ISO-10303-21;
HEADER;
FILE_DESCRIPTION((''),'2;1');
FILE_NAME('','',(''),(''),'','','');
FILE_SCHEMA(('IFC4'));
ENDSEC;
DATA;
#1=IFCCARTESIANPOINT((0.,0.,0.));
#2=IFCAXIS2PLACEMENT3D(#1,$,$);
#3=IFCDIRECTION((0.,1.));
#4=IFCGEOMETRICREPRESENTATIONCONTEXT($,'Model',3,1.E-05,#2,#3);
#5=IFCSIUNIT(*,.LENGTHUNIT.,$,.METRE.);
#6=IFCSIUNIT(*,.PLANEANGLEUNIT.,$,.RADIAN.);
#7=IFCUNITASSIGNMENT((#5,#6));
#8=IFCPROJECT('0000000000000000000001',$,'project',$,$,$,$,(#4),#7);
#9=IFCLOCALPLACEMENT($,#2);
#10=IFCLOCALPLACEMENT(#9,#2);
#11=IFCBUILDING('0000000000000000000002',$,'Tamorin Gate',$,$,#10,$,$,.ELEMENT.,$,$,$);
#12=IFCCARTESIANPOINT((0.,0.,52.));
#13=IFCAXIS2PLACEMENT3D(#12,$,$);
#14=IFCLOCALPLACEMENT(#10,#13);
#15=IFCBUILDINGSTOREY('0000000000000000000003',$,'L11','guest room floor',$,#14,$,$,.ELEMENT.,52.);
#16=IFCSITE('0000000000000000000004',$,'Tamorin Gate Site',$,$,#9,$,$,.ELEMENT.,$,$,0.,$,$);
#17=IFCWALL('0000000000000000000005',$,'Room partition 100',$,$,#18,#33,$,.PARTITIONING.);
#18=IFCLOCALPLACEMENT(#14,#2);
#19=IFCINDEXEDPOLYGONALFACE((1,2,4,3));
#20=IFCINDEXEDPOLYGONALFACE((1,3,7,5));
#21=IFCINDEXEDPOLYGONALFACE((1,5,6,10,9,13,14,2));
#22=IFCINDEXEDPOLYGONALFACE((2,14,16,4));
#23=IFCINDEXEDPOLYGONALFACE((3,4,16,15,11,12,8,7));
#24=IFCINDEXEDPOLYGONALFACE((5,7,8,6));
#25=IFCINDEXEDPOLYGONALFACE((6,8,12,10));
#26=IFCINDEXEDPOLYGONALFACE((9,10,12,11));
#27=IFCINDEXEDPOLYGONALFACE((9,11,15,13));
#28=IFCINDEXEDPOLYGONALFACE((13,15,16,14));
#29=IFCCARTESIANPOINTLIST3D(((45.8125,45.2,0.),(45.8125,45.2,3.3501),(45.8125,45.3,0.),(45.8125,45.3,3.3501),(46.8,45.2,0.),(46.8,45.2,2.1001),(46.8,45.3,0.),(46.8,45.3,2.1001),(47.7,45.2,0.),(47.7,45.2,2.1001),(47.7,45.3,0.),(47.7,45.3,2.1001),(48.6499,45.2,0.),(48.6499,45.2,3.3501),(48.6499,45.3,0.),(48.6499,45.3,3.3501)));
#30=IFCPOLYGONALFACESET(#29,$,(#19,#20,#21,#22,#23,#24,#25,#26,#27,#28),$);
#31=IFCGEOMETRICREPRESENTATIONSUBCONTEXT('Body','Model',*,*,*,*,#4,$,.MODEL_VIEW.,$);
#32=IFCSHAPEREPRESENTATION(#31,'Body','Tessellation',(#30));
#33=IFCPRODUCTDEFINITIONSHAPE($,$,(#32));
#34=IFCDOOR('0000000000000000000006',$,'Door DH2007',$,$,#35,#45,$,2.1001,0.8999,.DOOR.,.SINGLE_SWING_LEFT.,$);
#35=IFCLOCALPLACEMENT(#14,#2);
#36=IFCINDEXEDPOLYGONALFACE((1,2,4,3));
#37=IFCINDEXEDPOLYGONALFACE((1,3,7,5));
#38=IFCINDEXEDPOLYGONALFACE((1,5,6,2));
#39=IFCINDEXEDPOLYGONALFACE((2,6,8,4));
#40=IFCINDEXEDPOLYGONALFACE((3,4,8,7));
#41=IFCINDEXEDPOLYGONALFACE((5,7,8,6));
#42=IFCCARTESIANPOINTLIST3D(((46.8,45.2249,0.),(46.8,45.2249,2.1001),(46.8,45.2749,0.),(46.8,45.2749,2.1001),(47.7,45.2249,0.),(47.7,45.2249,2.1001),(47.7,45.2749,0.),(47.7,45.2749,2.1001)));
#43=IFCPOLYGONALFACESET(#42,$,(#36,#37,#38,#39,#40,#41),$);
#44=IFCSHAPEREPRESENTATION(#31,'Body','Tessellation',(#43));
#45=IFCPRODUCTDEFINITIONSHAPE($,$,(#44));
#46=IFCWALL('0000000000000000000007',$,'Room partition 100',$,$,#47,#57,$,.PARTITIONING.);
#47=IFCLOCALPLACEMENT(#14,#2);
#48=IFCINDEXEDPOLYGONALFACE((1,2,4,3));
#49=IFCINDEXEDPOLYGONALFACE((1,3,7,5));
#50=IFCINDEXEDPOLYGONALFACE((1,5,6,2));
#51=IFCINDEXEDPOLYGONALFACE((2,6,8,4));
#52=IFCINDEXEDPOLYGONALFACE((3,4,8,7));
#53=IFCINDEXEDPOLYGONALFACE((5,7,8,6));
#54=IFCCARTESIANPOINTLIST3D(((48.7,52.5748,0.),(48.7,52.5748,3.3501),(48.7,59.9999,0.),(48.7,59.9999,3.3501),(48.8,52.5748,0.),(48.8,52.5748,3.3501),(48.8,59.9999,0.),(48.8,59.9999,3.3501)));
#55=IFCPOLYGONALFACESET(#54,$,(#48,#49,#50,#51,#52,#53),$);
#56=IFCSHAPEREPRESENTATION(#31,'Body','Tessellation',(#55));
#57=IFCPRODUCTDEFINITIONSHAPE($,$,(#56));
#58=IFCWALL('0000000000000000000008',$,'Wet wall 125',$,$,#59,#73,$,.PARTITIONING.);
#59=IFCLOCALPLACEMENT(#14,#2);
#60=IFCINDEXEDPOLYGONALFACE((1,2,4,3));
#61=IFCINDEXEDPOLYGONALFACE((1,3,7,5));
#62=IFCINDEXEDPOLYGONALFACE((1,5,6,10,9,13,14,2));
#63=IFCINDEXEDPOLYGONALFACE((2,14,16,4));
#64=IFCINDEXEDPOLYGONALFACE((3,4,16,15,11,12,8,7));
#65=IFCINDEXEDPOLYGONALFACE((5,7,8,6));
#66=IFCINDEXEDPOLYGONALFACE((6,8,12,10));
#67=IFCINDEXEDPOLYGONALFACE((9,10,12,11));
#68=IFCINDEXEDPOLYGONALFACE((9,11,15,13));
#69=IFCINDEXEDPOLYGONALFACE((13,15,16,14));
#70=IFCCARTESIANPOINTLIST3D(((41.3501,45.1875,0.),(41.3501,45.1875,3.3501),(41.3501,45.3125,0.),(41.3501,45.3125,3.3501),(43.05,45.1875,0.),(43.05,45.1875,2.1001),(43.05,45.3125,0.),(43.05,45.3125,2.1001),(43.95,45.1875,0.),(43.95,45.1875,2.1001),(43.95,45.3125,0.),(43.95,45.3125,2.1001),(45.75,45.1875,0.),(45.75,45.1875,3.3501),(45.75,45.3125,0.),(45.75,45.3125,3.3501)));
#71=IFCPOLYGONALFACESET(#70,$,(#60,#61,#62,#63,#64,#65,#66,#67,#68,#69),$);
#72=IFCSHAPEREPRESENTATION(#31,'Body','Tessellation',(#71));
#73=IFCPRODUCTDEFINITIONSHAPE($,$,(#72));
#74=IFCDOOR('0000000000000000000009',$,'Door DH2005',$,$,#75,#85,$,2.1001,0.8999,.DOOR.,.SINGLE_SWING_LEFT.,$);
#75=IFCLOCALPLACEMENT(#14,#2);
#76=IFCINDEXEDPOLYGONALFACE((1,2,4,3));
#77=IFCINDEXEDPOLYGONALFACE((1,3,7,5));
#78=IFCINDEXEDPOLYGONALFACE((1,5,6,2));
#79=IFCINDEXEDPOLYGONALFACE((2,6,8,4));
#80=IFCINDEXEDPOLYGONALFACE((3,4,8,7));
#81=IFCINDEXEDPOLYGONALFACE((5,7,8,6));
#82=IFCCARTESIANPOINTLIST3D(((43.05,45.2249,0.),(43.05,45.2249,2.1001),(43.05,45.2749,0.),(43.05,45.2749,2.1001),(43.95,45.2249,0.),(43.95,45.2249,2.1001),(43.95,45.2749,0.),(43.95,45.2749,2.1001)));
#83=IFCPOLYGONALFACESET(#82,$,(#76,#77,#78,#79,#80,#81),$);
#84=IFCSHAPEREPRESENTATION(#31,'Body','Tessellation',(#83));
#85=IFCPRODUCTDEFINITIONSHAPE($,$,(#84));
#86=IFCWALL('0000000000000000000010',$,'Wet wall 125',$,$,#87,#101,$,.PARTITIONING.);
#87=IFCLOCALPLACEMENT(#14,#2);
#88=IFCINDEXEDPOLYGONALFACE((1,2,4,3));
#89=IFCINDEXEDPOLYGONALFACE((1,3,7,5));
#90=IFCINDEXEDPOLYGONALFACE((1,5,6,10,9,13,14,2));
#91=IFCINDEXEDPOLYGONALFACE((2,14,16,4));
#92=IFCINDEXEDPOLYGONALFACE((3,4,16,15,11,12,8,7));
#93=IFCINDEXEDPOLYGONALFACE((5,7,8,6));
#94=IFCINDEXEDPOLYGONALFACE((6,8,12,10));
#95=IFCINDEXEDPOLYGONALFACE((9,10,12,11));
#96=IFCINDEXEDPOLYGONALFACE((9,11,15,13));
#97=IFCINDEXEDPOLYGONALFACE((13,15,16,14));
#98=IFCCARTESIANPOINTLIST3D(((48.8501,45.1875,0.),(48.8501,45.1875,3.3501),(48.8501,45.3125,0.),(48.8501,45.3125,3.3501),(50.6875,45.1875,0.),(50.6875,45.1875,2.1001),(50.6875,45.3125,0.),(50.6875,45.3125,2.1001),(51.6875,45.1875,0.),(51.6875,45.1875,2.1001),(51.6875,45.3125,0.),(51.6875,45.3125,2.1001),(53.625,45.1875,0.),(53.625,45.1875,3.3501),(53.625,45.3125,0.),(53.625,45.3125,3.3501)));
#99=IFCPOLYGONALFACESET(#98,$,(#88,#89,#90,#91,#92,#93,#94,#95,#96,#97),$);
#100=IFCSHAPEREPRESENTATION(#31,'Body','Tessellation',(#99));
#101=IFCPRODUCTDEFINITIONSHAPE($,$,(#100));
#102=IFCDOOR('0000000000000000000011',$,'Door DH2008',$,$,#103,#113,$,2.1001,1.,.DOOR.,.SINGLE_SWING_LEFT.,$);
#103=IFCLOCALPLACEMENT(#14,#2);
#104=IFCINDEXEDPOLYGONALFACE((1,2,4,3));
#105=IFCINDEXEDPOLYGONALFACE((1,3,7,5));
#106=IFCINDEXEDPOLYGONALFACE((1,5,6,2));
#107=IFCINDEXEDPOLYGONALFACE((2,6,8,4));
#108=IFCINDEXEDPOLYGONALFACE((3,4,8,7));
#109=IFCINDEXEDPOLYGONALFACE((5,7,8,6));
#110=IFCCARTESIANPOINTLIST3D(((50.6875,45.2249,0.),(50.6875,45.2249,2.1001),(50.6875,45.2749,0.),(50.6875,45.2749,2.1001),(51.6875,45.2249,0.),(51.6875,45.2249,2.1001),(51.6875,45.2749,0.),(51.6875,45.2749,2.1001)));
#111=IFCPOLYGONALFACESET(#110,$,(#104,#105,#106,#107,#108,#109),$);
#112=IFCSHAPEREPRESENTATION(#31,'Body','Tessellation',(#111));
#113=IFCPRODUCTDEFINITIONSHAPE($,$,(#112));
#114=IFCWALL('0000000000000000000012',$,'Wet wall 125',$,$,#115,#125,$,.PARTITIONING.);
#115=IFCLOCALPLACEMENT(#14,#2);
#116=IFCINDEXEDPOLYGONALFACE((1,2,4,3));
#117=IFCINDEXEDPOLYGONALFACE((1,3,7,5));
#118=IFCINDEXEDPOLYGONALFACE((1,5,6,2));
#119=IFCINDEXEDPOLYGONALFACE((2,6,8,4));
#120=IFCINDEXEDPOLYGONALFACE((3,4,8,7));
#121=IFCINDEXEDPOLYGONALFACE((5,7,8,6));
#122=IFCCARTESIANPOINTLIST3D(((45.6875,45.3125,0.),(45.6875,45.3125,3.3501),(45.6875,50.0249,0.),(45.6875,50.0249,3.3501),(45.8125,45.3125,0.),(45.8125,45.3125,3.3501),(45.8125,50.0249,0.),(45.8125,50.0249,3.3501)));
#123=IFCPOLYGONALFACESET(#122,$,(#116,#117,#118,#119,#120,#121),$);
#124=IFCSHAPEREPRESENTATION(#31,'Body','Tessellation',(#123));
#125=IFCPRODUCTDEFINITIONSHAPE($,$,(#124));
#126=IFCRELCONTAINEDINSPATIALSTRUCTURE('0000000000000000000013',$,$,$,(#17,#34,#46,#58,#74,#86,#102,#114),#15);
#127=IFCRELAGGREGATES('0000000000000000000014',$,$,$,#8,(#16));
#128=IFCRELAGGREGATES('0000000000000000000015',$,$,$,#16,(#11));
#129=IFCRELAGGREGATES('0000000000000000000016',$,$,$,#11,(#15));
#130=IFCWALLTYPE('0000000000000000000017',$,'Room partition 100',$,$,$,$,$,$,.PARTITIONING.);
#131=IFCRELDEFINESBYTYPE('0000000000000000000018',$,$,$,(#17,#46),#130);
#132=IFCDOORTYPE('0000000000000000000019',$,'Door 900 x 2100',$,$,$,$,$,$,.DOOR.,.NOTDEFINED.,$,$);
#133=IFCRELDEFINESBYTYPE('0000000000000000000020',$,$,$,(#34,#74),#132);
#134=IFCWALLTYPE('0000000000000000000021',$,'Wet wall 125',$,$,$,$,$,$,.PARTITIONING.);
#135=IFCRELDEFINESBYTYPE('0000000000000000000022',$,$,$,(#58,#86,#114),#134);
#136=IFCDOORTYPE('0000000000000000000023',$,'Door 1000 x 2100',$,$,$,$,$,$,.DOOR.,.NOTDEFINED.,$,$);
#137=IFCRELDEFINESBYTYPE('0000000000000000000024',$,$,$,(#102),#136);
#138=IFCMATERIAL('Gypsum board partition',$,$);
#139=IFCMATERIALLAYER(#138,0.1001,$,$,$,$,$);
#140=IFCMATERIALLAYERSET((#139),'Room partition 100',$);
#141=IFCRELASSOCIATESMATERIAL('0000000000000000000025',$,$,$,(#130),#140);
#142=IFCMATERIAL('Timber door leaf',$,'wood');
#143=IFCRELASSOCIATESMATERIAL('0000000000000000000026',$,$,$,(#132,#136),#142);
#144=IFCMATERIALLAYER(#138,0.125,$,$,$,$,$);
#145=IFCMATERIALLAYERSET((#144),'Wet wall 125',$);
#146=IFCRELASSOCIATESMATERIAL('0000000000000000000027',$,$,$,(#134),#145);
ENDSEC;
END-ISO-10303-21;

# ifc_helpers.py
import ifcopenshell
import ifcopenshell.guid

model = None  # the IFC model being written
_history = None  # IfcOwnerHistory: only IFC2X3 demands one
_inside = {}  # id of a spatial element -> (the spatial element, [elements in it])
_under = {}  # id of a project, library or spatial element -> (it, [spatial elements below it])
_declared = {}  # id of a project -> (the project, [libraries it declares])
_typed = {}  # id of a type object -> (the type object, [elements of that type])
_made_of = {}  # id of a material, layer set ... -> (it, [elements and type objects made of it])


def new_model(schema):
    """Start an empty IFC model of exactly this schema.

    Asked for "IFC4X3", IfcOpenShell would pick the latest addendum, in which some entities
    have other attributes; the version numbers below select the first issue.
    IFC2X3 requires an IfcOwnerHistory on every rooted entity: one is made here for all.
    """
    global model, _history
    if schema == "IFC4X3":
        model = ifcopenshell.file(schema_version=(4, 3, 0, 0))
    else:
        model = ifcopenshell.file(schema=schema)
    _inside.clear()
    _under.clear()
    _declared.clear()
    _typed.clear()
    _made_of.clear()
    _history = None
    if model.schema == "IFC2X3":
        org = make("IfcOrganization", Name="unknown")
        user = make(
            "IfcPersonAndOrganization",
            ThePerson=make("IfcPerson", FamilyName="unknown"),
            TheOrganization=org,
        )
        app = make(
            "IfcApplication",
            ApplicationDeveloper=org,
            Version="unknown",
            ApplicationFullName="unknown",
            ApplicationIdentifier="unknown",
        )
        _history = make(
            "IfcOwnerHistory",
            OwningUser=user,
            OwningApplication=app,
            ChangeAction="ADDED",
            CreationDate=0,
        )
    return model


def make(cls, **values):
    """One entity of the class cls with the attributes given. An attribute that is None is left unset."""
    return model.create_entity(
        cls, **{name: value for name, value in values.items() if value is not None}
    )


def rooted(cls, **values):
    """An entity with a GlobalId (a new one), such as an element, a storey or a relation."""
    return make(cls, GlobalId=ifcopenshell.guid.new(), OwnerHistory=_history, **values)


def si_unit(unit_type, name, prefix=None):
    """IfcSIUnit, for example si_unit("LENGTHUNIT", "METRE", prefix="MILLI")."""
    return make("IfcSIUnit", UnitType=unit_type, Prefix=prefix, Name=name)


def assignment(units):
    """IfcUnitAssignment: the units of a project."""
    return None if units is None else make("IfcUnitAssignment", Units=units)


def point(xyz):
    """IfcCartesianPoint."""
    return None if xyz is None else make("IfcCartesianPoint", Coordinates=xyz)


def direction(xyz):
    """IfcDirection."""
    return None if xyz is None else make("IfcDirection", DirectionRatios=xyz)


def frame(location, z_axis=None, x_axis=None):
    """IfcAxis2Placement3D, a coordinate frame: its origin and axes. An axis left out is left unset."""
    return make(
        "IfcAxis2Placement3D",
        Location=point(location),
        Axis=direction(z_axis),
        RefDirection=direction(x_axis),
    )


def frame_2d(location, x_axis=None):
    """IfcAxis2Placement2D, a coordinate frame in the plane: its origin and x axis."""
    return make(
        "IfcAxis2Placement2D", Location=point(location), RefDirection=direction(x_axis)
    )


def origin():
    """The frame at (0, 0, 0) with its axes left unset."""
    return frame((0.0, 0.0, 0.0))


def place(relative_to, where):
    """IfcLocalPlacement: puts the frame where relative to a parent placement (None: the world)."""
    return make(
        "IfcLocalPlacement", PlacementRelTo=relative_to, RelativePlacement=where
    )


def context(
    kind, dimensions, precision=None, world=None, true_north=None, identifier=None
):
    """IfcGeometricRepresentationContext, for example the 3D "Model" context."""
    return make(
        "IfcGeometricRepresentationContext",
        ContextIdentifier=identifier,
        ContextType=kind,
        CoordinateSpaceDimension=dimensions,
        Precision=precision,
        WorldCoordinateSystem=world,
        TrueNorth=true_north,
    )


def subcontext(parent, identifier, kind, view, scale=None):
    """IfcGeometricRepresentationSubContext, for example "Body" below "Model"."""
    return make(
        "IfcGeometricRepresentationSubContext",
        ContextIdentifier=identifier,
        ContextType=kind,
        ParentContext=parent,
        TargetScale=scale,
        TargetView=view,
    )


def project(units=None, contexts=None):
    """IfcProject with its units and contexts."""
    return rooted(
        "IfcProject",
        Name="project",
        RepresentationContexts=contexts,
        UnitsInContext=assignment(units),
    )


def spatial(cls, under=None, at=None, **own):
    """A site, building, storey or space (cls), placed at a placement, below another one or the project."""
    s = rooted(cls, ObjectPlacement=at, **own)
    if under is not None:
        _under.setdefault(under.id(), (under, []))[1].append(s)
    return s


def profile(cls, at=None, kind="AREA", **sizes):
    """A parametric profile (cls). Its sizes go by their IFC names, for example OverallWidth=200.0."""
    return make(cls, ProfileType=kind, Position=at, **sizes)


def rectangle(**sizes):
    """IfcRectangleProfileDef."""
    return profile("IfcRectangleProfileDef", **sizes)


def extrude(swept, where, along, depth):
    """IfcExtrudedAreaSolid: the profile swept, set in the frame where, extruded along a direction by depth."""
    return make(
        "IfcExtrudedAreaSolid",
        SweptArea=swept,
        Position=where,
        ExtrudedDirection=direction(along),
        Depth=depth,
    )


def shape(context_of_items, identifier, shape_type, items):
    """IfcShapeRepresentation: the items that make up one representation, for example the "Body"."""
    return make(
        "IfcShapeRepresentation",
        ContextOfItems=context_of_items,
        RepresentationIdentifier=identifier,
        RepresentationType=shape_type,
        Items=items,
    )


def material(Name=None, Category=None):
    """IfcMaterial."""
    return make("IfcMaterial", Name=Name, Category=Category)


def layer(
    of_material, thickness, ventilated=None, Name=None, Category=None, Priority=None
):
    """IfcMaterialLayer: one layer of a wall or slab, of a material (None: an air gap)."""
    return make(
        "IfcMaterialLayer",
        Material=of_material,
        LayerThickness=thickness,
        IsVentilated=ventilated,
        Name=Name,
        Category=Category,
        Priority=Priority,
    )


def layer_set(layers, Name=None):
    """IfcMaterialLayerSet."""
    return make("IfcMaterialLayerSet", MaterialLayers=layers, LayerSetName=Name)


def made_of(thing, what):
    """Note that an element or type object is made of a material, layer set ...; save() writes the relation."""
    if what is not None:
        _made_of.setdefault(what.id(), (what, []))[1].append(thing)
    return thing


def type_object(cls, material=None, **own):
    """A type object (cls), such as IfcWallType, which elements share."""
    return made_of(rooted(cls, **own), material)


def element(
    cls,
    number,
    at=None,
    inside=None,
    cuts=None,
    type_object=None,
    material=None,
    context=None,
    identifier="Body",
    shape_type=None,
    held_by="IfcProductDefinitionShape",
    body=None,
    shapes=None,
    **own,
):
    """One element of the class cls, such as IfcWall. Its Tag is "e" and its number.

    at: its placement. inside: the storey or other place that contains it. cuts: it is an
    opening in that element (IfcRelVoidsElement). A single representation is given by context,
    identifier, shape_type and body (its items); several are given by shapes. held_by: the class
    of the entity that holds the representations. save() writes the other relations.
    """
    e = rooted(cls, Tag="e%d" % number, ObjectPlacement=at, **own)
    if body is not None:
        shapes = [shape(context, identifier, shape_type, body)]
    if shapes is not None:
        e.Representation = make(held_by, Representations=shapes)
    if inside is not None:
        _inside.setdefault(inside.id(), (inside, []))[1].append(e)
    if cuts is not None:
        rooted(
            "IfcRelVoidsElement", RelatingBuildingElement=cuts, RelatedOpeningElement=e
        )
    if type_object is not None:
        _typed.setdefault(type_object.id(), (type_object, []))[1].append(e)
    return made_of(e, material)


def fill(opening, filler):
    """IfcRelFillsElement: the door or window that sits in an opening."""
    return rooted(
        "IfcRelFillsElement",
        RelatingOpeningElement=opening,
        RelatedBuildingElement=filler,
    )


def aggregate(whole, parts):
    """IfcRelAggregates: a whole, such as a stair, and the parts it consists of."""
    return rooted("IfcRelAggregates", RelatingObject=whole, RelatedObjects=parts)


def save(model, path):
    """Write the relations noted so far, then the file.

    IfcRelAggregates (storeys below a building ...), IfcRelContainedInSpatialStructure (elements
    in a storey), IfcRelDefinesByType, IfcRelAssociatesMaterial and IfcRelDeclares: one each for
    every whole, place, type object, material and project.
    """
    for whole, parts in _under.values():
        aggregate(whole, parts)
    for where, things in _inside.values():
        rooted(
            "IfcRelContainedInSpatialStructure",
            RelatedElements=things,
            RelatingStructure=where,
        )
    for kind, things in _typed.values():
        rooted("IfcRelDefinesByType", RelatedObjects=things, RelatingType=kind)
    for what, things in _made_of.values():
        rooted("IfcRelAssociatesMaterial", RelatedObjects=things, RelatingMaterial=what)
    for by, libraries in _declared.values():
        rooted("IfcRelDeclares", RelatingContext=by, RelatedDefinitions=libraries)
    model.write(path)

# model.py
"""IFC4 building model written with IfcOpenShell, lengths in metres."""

from ifc_helpers import new_model, si_unit, direction, frame, frame_2d, origin, place, context, subcontext, project, spatial, rectangle, extrude, material, layer, layer_set, type_object, element, fill, save


model = new_model("IFC4")

# Units and contexts
model_context = context("Model", 3, precision=1e-05, world=origin(), true_north=direction((0.0, 1.0)))
body_context = subcontext(model_context, "Body", "Model", "MODEL_VIEW")
ifc_project = project(units=[si_unit("LENGTHUNIT", "METRE"), si_unit("PLANEANGLEUNIT", "RADIAN")], contexts=[model_context])

# Site, building, storey
site_placement = place(None, origin())
site = spatial("IfcSite", under=ifc_project, at=site_placement, Name="Tamorin Gate Site", CompositionType="ELEMENT", RefElevation=0.0)
building_placement = place(site_placement, origin())
building = spatial("IfcBuilding", under=site, at=building_placement, Name="Tamorin Gate", CompositionType="ELEMENT")
storey_placement = place(building_placement, frame((0.0, 0.0, 52.0)))
storey = spatial("IfcBuildingStorey", under=building, at=storey_placement, Name="L11", Description="guest room floor", CompositionType="ELEMENT", Elevation=52.0)

# Shared definitions
ifc_material_1 = material(Name="Gypsum board partition")

# Wall, opening, door
ifc_layer_1 = layer(ifc_material_1, 0.1001)
ifc_layer_set_1 = layer_set([ifc_layer_1], Name="Room partition 100")
wall_type_1 = type_object("IfcWallType", Name="Room partition 100", PredefinedType="PARTITIONING", material=ifc_layer_set_1)
wall_1_placement = place(storey_placement, frame((45.8125, 45.25, 0.0), z_axis=(0.0, 0.0, 1.0), x_axis=(1.0, 0.0, 0.0)))
wall_1 = element("IfcWall", 1, at=wall_1_placement, inside=storey, type_object=wall_type_1, Name="Room partition 100", PredefinedType="PARTITIONING", context=body_context, shape_type="SweptSolid", body=[
    extrude(rectangle(XDim=2.8374, YDim=0.1001, at=frame_2d((1.4187, 0.0))), origin(), (0.0, 0.0, 1.0), 3.3501),
])
opening_1_placement = place(wall_1_placement, frame((0.9875, 0.0, 0.0)))
opening_1 = element("IfcOpeningElement", 2, at=opening_1_placement, cuts=wall_1, PredefinedType="OPENING", context=body_context, shape_type="SweptSolid", body=[
    extrude(rectangle(XDim=0.8999, YDim=2.1001, at=frame_2d((0.45, 1.05))), frame((0.0, 0.0601, 0.0), z_axis=(0.0, -1.0, 0.0), x_axis=(1.0, 0.0, 0.0)), (0.0, 0.0, 1.0), 0.1201),
])
ifc_material_2 = material(Name="Timber door leaf", Category="wood")
door_type_1 = type_object("IfcDoorType", Name="Door 900 x 2100", OperationType="NOTDEFINED", PredefinedType="DOOR", material=ifc_material_2)
door_1_placement = place(opening_1_placement, origin())
door_1 = element("IfcDoor", 3, at=door_1_placement, inside=storey, type_object=door_type_1, Name="Door DH2007", OperationType="SINGLE_SWING_LEFT", OverallHeight=2.1001, OverallWidth=0.8999, PredefinedType="DOOR", context=body_context, shape_type="SweptSolid", body=[
    extrude(rectangle(XDim=0.8999, YDim=2.1001, at=frame_2d((0.45, 1.05))), frame((0.0, 0.0249, 0.0), z_axis=(0.0, -1.0, 0.0), x_axis=(1.0, 0.0, 0.0)), (0.0, 0.0, 1.0), 0.05),
])
fill(opening_1, door_1)

# Wall
wall_2_placement = place(storey_placement, frame((48.75, 52.575, 0.0), z_axis=(0.0, 0.0, 1.0), x_axis=(0.0, 1.0, 0.0)))
element("IfcWall", 4, at=wall_2_placement, inside=storey, type_object=wall_type_1, Name="Room partition 100", PredefinedType="PARTITIONING", context=body_context, shape_type="SweptSolid", body=[
    extrude(rectangle(XDim=7.425, YDim=0.1001, at=frame_2d((3.7124, 0.0))), origin(), (0.0, 0.0, 1.0), 3.3501),
])

# Walls, openings, doors
ifc_layer_2 = layer(ifc_material_1, 0.125)
ifc_layer_set_2 = layer_set([ifc_layer_2], Name="Wet wall 125")
wall_type_2 = type_object("IfcWallType", Name="Wet wall 125", PredefinedType="PARTITIONING", material=ifc_layer_set_2)
wall_3_placement = place(storey_placement, frame((41.3501, 45.25, 0.0), z_axis=(0.0, 0.0, 1.0), x_axis=(1.0, 0.0, 0.0)))
wall_3 = element("IfcWall", 5, at=wall_3_placement, inside=storey, type_object=wall_type_2, Name="Wet wall 125", PredefinedType="PARTITIONING", context=body_context, shape_type="SweptSolid", body=[
    extrude(rectangle(XDim=4.3999, YDim=0.125, at=frame_2d((2.2, 0.0))), origin(), (0.0, 0.0, 1.0), 3.3501),
])
opening_2_placement = place(wall_3_placement, frame((1.7, 0.0, 0.0)))
opening_2 = element("IfcOpeningElement", 6, at=opening_2_placement, cuts=wall_3, PredefinedType="OPENING", context=body_context, shape_type="SweptSolid", body=[
    extrude(rectangle(XDim=0.8999, YDim=2.1001, at=frame_2d((0.45, 1.05))), frame((0.0, 0.0725, 0.0), z_axis=(0.0, -1.0, 0.0), x_axis=(1.0, 0.0, 0.0)), (0.0, 0.0, 1.0), 0.145),
])
door_2_placement = place(opening_2_placement, origin())
door_2 = element("IfcDoor", 7, at=door_2_placement, inside=storey, type_object=door_type_1, Name="Door DH2005", OperationType="SINGLE_SWING_LEFT", OverallHeight=2.1001, OverallWidth=0.8999, PredefinedType="DOOR", context=body_context, shape_type="SweptSolid", body=[
    extrude(rectangle(XDim=0.8999, YDim=2.1001, at=frame_2d((0.45, 1.05))), frame((0.0, 0.0249, 0.0), z_axis=(0.0, -1.0, 0.0), x_axis=(1.0, 0.0, 0.0)), (0.0, 0.0, 1.0), 0.05),
])
fill(opening_2, door_2)
wall_4_placement = place(storey_placement, frame((48.8501, 45.25, 0.0), z_axis=(0.0, 0.0, 1.0), x_axis=(1.0, 0.0, 0.0)))
wall_4 = element("IfcWall", 8, at=wall_4_placement, inside=storey, type_object=wall_type_2, Name="Wet wall 125", PredefinedType="PARTITIONING", context=body_context, shape_type="SweptSolid", body=[
    extrude(rectangle(XDim=4.7749, YDim=0.125, at=frame_2d((2.3875, 0.0))), origin(), (0.0, 0.0, 1.0), 3.3501),
])
opening_3_placement = place(wall_4_placement, frame((1.8374, 0.0, 0.0)))
opening_3 = element("IfcOpeningElement", 9, at=opening_3_placement, cuts=wall_4, PredefinedType="OPENING", context=body_context, shape_type="SweptSolid", body=[
    extrude(rectangle(XDim=1.0, YDim=2.1001, at=frame_2d((0.5, 1.05))), frame((0.0, 0.0725, 0.0), z_axis=(0.0, -1.0, 0.0), x_axis=(1.0, 0.0, 0.0)), (0.0, 0.0, 1.0), 0.145),
])
door_type_2 = type_object("IfcDoorType", Name="Door 1000 x 2100", OperationType="NOTDEFINED", PredefinedType="DOOR", material=ifc_material_2)
door_3_placement = place(opening_3_placement, origin())
door_3 = element("IfcDoor", 10, at=door_3_placement, inside=storey, type_object=door_type_2, Name="Door DH2008", OperationType="SINGLE_SWING_LEFT", OverallHeight=2.1001, OverallWidth=1.0, PredefinedType="DOOR", context=body_context, shape_type="SweptSolid", body=[
    extrude(rectangle(XDim=1.0, YDim=2.1001, at=frame_2d((0.5, 1.05))), frame((0.0, 0.0249, 0.0), z_axis=(0.0, -1.0, 0.0), x_axis=(1.0, 0.0, 0.0)), (0.0, 0.0, 1.0), 0.05),
])
fill(opening_3, door_3)

# Wall
wall_5_placement = place(storey_placement, frame((45.75, 45.3125, 0.0), z_axis=(0.0, 0.0, 1.0), x_axis=(0.0, 1.0, 0.0)))
element("IfcWall", 11, at=wall_5_placement, inside=storey, type_object=wall_type_2, Name="Wet wall 125", PredefinedType="PARTITIONING", context=body_context, shape_type="SweptSolid", body=[
    extrude(rectangle(XDim=4.7124, YDim=0.125, at=frame_2d((2.3562, 0.0))), origin(), (0.0, 0.0, 1.0), 3.3501),
])

save(model, "model.ifc")
